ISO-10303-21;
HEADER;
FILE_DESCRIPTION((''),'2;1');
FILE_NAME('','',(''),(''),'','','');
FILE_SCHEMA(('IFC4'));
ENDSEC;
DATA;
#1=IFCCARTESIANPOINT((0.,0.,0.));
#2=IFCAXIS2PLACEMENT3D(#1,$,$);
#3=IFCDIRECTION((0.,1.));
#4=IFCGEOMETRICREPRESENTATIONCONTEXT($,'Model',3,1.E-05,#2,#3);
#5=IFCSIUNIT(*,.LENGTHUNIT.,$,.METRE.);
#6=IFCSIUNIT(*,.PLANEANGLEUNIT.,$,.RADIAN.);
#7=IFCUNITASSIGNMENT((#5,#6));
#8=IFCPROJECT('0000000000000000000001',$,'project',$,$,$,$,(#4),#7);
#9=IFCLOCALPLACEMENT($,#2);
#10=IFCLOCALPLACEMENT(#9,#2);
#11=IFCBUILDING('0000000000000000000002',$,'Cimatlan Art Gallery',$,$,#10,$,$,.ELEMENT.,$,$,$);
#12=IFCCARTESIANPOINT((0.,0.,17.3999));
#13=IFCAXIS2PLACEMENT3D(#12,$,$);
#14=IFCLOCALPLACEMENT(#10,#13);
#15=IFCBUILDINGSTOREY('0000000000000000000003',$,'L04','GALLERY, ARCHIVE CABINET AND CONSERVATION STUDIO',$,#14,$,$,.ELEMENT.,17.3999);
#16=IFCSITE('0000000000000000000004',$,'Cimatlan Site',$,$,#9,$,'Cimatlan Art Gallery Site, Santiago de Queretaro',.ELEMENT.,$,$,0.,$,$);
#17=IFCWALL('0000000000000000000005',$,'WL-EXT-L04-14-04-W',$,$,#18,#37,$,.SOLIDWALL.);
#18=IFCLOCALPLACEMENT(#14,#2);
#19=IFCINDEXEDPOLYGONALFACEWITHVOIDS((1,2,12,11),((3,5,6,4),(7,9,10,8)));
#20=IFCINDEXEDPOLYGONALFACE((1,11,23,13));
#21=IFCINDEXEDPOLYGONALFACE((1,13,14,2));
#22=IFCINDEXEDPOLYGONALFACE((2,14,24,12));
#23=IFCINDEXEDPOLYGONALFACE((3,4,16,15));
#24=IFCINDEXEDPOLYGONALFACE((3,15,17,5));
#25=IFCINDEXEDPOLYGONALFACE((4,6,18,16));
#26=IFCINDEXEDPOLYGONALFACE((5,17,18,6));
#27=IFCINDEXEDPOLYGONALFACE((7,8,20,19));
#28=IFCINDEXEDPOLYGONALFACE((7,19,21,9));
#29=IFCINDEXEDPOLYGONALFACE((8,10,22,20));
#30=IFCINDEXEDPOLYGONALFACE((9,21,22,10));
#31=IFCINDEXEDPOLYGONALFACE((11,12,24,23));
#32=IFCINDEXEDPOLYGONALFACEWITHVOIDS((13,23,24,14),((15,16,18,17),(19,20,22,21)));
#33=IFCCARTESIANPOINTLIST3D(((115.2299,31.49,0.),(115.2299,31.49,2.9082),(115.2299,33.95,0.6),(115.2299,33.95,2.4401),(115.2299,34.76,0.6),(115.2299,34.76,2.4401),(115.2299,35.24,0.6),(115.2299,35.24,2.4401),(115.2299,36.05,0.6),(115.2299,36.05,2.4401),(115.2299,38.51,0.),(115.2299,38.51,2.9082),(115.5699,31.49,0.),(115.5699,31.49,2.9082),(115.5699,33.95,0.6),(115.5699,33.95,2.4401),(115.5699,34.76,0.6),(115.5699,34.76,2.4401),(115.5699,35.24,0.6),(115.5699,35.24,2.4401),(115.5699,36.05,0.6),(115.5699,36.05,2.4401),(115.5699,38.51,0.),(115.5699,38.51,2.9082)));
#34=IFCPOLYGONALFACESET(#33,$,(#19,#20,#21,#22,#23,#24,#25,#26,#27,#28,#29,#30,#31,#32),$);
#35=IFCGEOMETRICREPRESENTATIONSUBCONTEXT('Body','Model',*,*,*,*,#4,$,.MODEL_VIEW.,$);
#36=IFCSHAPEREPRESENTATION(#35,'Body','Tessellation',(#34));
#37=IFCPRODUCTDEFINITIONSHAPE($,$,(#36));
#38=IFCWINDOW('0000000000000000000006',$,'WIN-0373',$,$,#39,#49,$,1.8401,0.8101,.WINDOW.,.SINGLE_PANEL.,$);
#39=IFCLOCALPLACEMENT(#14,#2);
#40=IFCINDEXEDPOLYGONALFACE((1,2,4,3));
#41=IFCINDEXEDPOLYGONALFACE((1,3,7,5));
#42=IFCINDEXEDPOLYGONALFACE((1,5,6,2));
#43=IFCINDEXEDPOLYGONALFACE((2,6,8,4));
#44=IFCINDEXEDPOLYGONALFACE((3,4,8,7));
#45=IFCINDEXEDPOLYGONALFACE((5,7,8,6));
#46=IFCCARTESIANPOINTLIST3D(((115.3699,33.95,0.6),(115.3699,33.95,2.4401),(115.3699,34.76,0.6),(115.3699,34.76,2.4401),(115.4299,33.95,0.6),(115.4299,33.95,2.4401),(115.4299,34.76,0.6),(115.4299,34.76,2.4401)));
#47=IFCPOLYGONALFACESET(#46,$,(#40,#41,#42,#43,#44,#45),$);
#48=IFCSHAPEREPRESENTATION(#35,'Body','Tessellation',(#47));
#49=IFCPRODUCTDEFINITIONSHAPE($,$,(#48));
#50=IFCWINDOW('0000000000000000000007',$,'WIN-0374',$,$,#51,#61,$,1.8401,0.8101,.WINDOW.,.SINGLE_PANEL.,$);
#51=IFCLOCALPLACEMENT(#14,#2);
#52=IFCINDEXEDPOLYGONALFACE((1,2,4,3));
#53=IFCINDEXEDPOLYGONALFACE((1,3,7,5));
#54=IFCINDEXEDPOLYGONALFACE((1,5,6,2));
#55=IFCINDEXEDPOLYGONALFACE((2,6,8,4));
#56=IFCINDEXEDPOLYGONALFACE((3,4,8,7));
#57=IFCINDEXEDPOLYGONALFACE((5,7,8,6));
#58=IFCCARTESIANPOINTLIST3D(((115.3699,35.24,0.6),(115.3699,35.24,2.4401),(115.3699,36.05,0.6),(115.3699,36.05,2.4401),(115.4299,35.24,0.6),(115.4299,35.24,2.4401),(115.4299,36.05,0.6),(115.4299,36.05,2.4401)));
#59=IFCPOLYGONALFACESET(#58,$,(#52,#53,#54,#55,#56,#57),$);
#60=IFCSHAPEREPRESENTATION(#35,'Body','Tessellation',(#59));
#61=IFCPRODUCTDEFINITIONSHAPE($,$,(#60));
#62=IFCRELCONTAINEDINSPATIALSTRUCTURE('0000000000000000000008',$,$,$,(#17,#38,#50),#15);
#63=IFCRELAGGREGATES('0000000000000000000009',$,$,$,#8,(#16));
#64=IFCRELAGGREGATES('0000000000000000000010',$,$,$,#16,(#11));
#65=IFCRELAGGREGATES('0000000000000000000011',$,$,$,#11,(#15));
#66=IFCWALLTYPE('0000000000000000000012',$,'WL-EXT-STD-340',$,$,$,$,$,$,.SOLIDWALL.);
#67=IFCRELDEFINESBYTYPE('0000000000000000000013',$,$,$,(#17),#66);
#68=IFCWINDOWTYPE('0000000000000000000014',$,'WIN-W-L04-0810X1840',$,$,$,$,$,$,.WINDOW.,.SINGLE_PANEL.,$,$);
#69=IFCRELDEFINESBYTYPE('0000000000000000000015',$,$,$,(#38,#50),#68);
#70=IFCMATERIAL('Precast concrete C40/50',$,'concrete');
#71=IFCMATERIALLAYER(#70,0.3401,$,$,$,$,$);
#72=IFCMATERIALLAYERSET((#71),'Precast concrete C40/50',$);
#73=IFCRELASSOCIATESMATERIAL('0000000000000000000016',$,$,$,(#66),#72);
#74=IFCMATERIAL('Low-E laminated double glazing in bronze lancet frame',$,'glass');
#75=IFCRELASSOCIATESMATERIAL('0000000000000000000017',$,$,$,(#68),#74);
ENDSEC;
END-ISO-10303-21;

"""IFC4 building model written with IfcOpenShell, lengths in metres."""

from ifc_helpers import new_model, si_unit, direction, frame, frame_2d, origin, place, context, subcontext, project, spatial, rectangle, extrude, material, layer, layer_set, type_object, element, fill, save


model = new_model("IFC4")

# Units and contexts
model_context = context("Model", 3, precision=1e-05, world=origin(), true_north=direction((0.0, 1.0)))
body_context = subcontext(model_context, "Body", "Model", "MODEL_VIEW")
ifc_project = project(units=[si_unit("LENGTHUNIT", "METRE"), si_unit("PLANEANGLEUNIT", "RADIAN")], contexts=[model_context])

# Site, building, storey
site_placement = place(None, origin())
site = spatial("IfcSite", under=ifc_project, at=site_placement, Name="Cimatlan Site", LongName="Cimatlan Art Gallery Site, Santiago de Queretaro", CompositionType="ELEMENT", RefElevation=0.0)
building_placement = place(site_placement, origin())
building = spatial("IfcBuilding", under=site, at=building_placement, Name="Cimatlan Art Gallery", CompositionType="ELEMENT")
storey_placement = place(building_placement, frame((0.0, 0.0, 17.3999)))
storey = spatial("IfcBuildingStorey", under=building, at=storey_placement, Name="L04", Description="GALLERY, ARCHIVE CABINET AND CONSERVATION STUDIO", CompositionType="ELEMENT", Elevation=17.3999)

# Shared definitions
ifc_material_1 = material(Name="Precast concrete C40/50", Category="concrete")

# Wall, openings, windows
ifc_layer_1 = layer(ifc_material_1, 0.3401)
ifc_layer_set_1 = layer_set([ifc_layer_1], Name="Precast concrete C40/50")
wall_type_1 = type_object("IfcWallType", Name="WL-EXT-STD-340", PredefinedType="SOLIDWALL", material=ifc_layer_set_1)
wall_1_placement = place(storey_placement, frame((115.3999, 31.49, 0.0), z_axis=(0.0, 0.0, 1.0), x_axis=(0.0, 1.0, 0.0)))
wall_1 = element("IfcWall", 1, at=wall_1_placement, inside=storey, type_object=wall_type_1, Name="WL-EXT-L04-14-04-W", PredefinedType="SOLIDWALL", context=body_context, shape_type="SweptSolid", body=[
    extrude(rectangle(XDim=7.02, YDim=0.3401, at=frame_2d((3.51, 0.0))), origin(), (0.0, 0.0, 1.0), 2.9082),
])
opening_1_placement = place(wall_1_placement, frame((2.46, 0.0, 0.6001)))
opening_1 = element("IfcOpeningElement", 2, at=opening_1_placement, cuts=wall_1, PredefinedType="OPENING", context=body_context, shape_type="SweptSolid", body=[
    extrude(rectangle(XDim=0.8101, YDim=1.8401, at=frame_2d((0.405, 0.9199))), frame((0.0, 0.1802, 0.0), z_axis=(0.0, -1.0, 0.0), x_axis=(1.0, 0.0, 0.0)), (0.0, 0.0, 1.0), 0.3601),
])
opening_2_placement = place(wall_1_placement, frame((3.75, 0.0, 0.6001)))
opening_2 = element("IfcOpeningElement", 3, at=opening_2_placement, cuts=wall_1, PredefinedType="OPENING", context=body_context, shape_type="SweptSolid", body=[
    extrude(rectangle(XDim=0.8101, YDim=1.8401, at=frame_2d((0.405, 0.9199))), frame((0.0, 0.1802, 0.0), z_axis=(0.0, -1.0, 0.0), x_axis=(1.0, 0.0, 0.0)), (0.0, 0.0, 1.0), 0.3601),
])
ifc_material_2 = material(Name="Low-E laminated double glazing in bronze lancet frame", Category="glass")
window_type = type_object("IfcWindowType", Name="WIN-W-L04-0810X1840", PartitioningType="SINGLE_PANEL", PredefinedType="WINDOW", material=ifc_material_2)
window_1_placement = place(opening_1_placement, origin())
window_1 = element("IfcWindow", 4, at=window_1_placement, inside=storey, type_object=window_type, Name="WIN-0373", OverallHeight=1.8401, OverallWidth=0.8101, PartitioningType="SINGLE_PANEL", PredefinedType="WINDOW", context=body_context, shape_type="SweptSolid", body=[
    extrude(rectangle(XDim=0.8101, YDim=1.8401, at=frame_2d((0.405, 0.9199))), frame((0.0, 0.03, 0.0), z_axis=(0.0, -1.0, 0.0), x_axis=(1.0, 0.0, 0.0)), (0.0, 0.0, 1.0), 0.0601),
])
fill(opening_1, window_1)
window_2_placement = place(opening_2_placement, origin())
window_2 = element("IfcWindow", 5, at=window_2_placement, inside=storey, type_object=window_type, Name="WIN-0374", OverallHeight=1.8401, OverallWidth=0.8101, PartitioningType="SINGLE_PANEL", PredefinedType="WINDOW", context=body_context, shape_type="SweptSolid", body=[
    extrude(rectangle(XDim=0.8101, YDim=1.8401, at=frame_2d((0.405, 0.9199))), frame((0.0, 0.03, 0.0), z_axis=(0.0, -1.0, 0.0), x_axis=(1.0, 0.0, 0.0)), (0.0, 0.0, 1.0), 0.0601),
])
fill(opening_2, window_2)

save(model, "model.ifc")
